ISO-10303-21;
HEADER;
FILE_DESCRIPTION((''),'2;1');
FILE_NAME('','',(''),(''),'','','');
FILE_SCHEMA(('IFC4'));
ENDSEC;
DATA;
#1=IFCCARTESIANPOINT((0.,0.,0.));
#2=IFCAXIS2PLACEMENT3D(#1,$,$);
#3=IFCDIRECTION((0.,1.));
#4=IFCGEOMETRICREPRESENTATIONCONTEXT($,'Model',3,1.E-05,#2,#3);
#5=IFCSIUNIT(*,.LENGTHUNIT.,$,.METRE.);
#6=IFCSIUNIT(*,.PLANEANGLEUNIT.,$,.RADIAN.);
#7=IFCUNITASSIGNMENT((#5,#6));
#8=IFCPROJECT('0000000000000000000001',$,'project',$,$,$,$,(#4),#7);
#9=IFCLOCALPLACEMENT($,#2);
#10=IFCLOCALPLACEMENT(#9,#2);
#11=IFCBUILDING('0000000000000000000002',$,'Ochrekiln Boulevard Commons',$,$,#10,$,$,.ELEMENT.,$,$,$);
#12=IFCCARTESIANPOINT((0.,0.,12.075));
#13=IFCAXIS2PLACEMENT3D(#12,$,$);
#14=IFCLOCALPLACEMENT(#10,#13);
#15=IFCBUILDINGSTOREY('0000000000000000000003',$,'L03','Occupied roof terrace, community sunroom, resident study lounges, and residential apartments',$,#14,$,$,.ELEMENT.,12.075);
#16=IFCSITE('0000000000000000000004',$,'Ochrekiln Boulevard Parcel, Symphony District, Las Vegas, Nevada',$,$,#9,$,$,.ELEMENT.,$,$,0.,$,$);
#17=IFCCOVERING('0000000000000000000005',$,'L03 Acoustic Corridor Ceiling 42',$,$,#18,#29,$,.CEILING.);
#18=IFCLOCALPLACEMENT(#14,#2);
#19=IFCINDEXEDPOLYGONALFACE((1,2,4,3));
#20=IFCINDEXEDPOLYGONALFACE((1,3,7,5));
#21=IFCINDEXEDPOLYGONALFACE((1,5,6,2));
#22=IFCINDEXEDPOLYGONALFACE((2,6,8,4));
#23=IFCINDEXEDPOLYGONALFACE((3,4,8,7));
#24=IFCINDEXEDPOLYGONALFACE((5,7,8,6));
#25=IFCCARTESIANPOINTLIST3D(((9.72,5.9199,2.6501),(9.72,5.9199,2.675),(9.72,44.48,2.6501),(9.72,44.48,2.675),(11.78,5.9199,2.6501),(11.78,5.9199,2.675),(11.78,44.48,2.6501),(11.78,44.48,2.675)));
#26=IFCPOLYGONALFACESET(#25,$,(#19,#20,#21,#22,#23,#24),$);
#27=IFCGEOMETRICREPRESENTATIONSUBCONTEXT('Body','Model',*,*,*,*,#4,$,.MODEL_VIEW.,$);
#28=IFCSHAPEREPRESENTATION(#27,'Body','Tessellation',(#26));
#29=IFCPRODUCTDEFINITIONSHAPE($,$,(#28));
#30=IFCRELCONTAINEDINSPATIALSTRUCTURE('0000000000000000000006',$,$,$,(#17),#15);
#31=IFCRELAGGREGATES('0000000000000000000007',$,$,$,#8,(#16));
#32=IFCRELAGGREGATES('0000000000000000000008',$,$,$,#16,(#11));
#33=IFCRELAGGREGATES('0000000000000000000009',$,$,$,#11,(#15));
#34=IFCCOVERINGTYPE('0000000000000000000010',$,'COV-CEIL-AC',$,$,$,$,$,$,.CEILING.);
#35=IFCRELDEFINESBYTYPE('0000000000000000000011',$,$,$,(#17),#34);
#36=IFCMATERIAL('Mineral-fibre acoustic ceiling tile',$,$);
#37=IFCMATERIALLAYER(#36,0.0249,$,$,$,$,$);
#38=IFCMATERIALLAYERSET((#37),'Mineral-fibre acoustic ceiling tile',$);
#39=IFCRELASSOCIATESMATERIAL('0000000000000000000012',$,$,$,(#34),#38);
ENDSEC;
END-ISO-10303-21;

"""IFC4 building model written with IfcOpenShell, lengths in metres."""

from ifc_helpers import new_model, si_unit, direction, frame, origin, place, context, subcontext, project, spatial, polyline, outline, extrude, material, layer, layer_set, type_object, element, save


model = new_model("IFC4")

# Units and contexts
model_context = context("Model", 3, precision=1e-05, world=origin(), true_north=direction((0.0, 1.0)))
body_context = subcontext(model_context, "Body", "Model", "MODEL_VIEW")
ifc_project = project(units=[si_unit("LENGTHUNIT", "METRE"), si_unit("PLANEANGLEUNIT", "RADIAN")], contexts=[model_context])

# Site, building, storey
site_placement = place(None, origin())
site = spatial("IfcSite", under=ifc_project, at=site_placement, Name="Ochrekiln Boulevard Parcel, Symphony District, Las Vegas, Nevada", CompositionType="ELEMENT", RefElevation=0.0)
building_placement = place(site_placement, origin())
building = spatial("IfcBuilding", under=site, at=building_placement, Name="Ochrekiln Boulevard Commons", CompositionType="ELEMENT")
storey_placement = place(building_placement, frame((0.0, 0.0, 12.075)))
storey = spatial("IfcBuildingStorey", under=building, at=storey_placement, Name="L03", Description="Occupied roof terrace, community sunroom, resident study lounges, and residential apartments", CompositionType="ELEMENT", Elevation=12.075)

# Covering
ifc_material_1 = material(Name="Mineral-fibre acoustic ceiling tile")
ifc_layer_1 = layer(ifc_material_1, 0.0249)
ifc_layer_set_1 = layer_set([ifc_layer_1], Name="Mineral-fibre acoustic ceiling tile")
covering_type = type_object("IfcCoveringType", Name="COV-CEIL-AC", PredefinedType="CEILING", material=ifc_layer_set_1)
covering_1_placement = place(storey_placement, frame((0.0, 0.0, 2.6501)))
element("IfcCovering", 1, at=covering_1_placement, inside=storey, type_object=covering_type, Name="L03 Acoustic Corridor Ceiling 42", PredefinedType="CEILING", context=body_context, shape_type="SweptSolid", body=[
    extrude(outline(polyline([(9.72, 5.9199), (11.78, 5.9199), (11.78, 44.48), (9.72, 44.48), (9.72, 5.9199)])), origin(), (0.0, 0.0, 1.0), 0.0249),
])

save(model, "model.ifc")
